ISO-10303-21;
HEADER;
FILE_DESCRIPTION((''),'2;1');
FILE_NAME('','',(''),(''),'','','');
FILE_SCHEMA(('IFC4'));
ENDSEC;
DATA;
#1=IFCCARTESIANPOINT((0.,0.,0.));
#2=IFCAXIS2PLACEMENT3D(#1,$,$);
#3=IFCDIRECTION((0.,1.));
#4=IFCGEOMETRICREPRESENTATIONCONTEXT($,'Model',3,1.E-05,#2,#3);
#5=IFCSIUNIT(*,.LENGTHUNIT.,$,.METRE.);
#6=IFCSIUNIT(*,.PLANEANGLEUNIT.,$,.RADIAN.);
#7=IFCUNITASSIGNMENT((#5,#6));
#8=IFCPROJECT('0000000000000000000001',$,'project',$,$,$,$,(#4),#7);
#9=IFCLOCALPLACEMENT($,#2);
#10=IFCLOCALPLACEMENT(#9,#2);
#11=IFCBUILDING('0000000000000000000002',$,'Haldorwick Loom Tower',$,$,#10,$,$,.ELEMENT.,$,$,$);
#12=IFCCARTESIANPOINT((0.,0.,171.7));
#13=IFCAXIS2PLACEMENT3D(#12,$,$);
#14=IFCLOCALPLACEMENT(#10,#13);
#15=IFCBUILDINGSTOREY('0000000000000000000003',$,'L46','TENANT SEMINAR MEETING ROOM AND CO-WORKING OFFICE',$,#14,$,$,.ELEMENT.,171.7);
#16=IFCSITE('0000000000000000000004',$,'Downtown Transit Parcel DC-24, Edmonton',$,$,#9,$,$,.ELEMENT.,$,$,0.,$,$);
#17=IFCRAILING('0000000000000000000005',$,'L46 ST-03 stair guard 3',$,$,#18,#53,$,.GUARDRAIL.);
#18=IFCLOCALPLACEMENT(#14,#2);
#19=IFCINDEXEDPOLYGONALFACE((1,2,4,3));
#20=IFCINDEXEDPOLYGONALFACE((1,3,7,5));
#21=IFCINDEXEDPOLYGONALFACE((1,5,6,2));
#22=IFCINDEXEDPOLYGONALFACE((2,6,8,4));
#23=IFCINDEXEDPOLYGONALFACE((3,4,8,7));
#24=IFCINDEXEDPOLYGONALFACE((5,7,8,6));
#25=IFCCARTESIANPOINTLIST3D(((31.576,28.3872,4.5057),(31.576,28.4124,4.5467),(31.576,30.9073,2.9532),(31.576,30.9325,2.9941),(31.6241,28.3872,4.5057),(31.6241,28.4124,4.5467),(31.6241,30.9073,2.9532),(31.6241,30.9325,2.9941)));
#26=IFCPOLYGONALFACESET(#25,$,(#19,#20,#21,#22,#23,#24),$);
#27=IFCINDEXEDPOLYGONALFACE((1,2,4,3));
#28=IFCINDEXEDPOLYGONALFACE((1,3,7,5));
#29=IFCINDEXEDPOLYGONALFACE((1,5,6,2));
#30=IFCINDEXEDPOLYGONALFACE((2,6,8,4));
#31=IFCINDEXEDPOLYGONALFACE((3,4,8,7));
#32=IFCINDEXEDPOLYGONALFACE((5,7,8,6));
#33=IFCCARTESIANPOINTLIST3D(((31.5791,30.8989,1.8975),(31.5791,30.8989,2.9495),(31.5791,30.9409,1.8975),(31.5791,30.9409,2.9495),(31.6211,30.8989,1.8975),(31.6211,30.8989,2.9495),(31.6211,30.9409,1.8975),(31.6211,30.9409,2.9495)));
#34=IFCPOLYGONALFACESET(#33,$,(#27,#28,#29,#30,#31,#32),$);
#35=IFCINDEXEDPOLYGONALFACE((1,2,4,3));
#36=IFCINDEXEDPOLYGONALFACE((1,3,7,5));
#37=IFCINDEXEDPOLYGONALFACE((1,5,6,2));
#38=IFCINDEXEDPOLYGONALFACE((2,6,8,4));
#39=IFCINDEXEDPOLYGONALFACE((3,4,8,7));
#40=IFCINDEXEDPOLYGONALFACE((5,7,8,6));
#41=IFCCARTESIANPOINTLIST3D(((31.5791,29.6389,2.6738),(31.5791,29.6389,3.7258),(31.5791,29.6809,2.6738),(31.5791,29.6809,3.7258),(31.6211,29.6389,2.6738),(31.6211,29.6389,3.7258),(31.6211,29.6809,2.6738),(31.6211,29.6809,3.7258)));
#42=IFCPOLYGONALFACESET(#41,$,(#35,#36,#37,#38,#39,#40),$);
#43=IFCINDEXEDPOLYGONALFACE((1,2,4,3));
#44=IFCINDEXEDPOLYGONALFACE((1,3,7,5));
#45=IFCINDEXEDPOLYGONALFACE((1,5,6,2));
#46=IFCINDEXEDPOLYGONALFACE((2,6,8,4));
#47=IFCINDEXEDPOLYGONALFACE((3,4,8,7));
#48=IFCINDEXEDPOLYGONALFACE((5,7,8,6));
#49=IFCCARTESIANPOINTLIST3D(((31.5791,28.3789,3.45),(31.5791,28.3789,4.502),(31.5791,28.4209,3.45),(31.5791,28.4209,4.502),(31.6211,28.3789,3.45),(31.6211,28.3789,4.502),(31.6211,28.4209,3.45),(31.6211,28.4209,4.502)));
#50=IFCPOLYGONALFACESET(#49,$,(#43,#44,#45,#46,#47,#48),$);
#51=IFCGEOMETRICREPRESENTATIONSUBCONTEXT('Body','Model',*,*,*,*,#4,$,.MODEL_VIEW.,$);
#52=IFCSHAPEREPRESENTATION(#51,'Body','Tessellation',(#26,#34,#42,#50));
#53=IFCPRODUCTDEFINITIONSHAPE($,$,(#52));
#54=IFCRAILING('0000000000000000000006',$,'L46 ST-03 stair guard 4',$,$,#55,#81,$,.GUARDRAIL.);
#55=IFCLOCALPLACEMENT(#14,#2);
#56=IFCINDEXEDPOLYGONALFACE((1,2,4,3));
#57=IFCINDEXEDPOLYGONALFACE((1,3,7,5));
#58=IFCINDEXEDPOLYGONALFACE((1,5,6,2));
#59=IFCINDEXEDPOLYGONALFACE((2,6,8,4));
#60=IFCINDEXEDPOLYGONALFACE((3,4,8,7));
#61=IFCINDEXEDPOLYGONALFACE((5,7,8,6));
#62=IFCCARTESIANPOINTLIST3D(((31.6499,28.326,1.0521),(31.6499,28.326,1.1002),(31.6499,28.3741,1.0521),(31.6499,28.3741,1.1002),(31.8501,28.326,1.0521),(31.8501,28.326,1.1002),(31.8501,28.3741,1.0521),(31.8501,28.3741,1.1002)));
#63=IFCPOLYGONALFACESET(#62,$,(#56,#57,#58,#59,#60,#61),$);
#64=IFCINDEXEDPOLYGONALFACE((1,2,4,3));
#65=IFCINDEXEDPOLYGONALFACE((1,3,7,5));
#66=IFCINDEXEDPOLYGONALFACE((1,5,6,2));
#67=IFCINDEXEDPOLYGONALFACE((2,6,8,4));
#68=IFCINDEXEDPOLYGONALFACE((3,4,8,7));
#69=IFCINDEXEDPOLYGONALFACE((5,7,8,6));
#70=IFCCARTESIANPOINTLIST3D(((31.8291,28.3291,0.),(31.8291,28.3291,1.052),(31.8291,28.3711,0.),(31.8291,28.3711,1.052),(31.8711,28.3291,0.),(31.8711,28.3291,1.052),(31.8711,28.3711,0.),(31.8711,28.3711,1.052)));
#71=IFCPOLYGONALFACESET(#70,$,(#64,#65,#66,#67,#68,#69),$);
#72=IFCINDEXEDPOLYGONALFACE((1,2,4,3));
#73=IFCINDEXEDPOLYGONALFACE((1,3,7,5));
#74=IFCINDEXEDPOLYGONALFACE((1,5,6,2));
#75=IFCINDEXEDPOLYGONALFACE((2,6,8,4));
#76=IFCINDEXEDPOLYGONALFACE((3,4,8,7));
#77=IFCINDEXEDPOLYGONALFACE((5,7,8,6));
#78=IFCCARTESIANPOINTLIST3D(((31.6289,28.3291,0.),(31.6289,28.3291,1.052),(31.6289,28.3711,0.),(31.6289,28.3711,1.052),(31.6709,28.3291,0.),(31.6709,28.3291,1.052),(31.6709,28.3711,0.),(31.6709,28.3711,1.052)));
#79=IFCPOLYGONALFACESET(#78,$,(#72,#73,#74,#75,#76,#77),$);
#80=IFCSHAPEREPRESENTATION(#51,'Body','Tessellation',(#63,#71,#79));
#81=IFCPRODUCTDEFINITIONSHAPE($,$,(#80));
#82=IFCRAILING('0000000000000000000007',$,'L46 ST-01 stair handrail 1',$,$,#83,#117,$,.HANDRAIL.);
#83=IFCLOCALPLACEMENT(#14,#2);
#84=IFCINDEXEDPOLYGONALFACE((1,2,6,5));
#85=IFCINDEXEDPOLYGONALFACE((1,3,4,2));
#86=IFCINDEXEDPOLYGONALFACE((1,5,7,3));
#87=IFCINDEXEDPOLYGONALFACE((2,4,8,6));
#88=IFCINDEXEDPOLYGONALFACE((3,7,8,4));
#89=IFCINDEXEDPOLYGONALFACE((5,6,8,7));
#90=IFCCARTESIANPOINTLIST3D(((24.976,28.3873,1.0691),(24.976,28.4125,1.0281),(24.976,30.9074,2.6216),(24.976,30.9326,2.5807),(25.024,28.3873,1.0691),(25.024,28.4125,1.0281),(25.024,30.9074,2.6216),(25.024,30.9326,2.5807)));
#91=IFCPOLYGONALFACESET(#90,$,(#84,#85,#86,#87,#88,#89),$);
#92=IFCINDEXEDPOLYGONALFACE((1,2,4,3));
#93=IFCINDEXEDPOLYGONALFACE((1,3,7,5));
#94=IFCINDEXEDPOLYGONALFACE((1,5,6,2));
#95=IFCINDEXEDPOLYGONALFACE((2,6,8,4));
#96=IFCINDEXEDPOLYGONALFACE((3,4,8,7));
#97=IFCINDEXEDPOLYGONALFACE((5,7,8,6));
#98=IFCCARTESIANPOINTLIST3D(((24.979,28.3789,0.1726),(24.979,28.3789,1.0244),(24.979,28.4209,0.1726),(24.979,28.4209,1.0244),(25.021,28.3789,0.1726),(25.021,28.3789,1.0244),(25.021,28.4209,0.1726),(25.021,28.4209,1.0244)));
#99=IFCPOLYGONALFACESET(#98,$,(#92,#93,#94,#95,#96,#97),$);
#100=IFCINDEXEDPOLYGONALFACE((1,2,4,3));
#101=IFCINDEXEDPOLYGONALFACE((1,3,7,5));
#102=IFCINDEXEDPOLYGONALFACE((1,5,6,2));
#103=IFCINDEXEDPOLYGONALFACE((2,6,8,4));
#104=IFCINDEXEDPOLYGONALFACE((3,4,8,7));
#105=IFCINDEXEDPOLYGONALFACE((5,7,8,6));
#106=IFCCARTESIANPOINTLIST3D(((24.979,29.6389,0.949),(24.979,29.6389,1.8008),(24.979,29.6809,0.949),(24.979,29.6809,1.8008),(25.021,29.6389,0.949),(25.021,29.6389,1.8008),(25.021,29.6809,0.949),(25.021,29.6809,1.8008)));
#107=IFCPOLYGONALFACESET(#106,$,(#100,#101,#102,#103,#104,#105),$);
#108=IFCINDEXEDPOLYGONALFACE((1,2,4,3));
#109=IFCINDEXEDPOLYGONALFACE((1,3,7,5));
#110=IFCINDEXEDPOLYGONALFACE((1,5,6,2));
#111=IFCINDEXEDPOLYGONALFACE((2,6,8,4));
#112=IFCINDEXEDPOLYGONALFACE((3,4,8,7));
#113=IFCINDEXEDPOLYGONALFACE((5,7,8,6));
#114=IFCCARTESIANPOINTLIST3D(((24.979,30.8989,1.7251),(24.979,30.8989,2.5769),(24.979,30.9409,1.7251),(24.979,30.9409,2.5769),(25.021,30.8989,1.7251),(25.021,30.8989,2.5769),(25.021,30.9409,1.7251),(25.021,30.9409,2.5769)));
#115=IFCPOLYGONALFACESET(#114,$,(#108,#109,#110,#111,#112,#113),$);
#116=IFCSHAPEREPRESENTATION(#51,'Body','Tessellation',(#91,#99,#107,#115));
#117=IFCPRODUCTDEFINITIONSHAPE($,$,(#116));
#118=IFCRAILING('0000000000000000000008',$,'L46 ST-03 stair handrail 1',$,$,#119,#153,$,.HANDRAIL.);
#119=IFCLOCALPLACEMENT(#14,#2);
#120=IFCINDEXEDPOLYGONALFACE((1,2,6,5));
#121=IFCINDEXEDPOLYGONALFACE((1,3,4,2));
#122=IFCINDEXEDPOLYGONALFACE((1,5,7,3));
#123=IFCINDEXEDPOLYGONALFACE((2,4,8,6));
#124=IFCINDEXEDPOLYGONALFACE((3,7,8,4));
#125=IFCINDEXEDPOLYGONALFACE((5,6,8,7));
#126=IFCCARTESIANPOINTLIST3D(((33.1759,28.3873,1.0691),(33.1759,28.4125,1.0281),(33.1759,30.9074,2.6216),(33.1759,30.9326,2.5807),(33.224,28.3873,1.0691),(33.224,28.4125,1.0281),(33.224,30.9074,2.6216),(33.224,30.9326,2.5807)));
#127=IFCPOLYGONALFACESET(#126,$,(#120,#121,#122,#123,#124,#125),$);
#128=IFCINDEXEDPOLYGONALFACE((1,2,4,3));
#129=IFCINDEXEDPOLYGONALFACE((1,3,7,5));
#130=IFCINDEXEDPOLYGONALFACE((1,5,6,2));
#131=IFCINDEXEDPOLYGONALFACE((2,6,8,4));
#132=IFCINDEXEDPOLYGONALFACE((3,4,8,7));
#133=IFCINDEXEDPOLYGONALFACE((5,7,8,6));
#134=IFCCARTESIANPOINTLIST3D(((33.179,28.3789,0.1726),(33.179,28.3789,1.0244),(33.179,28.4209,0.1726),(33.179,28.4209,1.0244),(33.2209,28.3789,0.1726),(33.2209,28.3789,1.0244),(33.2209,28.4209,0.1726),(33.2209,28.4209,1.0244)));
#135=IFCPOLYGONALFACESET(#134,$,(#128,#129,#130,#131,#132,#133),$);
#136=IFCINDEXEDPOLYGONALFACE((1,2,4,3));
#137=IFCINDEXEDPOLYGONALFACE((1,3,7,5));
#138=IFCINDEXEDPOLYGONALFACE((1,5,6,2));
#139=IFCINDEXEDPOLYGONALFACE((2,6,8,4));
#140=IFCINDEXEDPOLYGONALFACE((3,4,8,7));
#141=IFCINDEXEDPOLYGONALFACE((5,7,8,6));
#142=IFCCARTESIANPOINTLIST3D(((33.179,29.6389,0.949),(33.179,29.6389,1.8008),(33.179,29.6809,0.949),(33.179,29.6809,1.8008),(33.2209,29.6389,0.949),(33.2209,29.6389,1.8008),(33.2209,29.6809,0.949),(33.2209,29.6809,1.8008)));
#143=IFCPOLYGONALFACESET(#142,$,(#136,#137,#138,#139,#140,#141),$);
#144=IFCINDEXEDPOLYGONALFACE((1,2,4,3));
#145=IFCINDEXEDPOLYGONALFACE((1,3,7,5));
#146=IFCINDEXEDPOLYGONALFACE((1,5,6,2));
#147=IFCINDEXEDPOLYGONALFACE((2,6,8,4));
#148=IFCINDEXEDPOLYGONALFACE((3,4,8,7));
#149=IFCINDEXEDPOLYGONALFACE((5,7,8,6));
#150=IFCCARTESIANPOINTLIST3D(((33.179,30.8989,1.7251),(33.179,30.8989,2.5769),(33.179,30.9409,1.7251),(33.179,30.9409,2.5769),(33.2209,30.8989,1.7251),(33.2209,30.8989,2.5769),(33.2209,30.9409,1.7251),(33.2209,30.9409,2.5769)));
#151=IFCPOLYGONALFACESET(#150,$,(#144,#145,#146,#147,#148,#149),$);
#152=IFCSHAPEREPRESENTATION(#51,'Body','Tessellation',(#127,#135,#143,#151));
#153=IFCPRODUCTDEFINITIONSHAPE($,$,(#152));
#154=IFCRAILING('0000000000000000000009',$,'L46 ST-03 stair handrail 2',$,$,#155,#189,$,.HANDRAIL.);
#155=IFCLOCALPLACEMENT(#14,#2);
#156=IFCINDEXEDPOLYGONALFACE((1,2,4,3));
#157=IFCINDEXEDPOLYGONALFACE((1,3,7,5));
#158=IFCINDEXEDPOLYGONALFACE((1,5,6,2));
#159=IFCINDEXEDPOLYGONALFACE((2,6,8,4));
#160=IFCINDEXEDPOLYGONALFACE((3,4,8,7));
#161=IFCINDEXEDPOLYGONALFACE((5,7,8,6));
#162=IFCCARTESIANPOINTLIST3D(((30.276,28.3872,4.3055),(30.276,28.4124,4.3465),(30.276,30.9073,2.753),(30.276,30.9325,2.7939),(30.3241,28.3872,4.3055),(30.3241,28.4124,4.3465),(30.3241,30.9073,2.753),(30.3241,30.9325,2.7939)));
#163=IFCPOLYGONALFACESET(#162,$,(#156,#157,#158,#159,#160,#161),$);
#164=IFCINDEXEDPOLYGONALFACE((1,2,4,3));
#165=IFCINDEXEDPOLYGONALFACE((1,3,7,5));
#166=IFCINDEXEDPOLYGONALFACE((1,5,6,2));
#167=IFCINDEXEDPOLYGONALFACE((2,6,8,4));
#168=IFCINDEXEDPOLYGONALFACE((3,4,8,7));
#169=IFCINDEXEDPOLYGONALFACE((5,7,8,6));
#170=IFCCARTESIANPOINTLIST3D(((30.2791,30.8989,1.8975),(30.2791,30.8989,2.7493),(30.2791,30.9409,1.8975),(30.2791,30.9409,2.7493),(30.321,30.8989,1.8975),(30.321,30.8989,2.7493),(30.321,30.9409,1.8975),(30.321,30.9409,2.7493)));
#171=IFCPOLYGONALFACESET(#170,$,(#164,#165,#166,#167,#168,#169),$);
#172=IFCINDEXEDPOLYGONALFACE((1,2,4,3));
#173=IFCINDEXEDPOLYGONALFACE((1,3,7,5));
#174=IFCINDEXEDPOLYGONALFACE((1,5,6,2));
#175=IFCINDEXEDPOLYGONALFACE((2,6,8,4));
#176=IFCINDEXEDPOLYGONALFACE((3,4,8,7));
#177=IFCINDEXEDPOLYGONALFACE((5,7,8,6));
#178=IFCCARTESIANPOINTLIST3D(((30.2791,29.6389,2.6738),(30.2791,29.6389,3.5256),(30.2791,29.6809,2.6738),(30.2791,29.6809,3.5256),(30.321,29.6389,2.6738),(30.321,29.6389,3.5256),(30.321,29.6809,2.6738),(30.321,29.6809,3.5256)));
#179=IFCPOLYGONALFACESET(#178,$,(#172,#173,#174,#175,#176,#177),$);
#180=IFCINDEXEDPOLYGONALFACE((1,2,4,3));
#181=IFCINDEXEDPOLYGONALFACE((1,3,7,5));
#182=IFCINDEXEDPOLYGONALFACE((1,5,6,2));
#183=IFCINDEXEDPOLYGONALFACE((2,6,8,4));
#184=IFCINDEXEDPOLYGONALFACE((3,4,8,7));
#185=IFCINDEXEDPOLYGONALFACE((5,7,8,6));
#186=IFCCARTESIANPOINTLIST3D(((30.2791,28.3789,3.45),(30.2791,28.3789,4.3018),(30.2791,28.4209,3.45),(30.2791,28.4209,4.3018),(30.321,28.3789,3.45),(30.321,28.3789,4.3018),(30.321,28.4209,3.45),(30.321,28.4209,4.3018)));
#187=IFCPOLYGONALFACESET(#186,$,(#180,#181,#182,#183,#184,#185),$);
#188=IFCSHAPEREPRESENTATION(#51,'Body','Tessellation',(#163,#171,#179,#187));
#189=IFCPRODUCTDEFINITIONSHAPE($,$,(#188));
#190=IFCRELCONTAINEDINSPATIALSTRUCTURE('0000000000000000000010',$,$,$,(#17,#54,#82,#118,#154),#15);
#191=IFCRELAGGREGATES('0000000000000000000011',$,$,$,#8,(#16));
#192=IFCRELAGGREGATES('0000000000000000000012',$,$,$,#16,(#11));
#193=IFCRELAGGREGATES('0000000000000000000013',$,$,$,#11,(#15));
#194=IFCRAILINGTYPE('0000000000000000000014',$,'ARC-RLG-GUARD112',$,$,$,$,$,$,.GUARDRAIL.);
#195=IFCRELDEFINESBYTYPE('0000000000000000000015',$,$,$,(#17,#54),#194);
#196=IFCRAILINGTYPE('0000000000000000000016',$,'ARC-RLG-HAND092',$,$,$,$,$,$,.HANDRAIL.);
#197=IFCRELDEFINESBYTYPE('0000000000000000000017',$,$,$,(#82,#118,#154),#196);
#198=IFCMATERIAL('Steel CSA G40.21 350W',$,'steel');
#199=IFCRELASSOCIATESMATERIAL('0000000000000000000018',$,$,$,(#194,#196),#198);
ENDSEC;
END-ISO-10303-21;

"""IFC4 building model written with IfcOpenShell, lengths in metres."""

from ifc_helpers import new_model, si_unit, direction, frame, origin, origin_2d, place, context, subcontext, project, spatial, rectangle, extrude, material, type_object, element, save


model = new_model("IFC4")

# Units and contexts
model_context = context("Model", 3, precision=1e-05, world=origin(), true_north=direction((0.0, 1.0)))
body_context = subcontext(model_context, "Body", "Model", "MODEL_VIEW")
ifc_project = project(units=[si_unit("LENGTHUNIT", "METRE"), si_unit("PLANEANGLEUNIT", "RADIAN")], contexts=[model_context])

# Site, building, storey
site_placement = place(None, origin())
site = spatial("IfcSite", under=ifc_project, at=site_placement, Name="Downtown Transit Parcel DC-24, Edmonton", CompositionType="ELEMENT", RefElevation=0.0)
building_placement = place(site_placement, origin())
building = spatial("IfcBuilding", under=site, at=building_placement, Name="Haldorwick Loom Tower", CompositionType="ELEMENT")
storey_placement = place(building_placement, frame((0.0, 0.0, 171.7)))
storey = spatial("IfcBuildingStorey", under=building, at=storey_placement, Name="L46", Description="TENANT SEMINAR MEETING ROOM AND CO-WORKING OFFICE", CompositionType="ELEMENT", Elevation=171.7)

# Shared definitions
ifc_material_1 = material(Name="Steel CSA G40.21 350W", Category="steel")

# Railings
railing_type_1 = type_object("IfcRailingType", Name="ARC-RLG-GUARD112", PredefinedType="GUARDRAIL", material=ifc_material_1)
railing_1_placement = place(storey_placement, frame((31.6001, 30.9199, 1.8975)))
element("IfcRailing", 1, at=railing_1_placement, inside=storey, type_object=railing_type_1, Name="L46 ST-03 stair guard 3", PredefinedType="GUARDRAIL", context=body_context, shape_type="SweptSolid", body=[
    extrude(rectangle(XDim=0.0481, YDim=0.0481, at=origin_2d()), frame((0.0, 0.0, 1.0762), z_axis=(0.0, -0.8514, 0.524516), x_axis=(1.0, 0.0, 0.0)), (0.0, 0.0, 1.0), 2.96),
    extrude(rectangle(XDim=0.042, YDim=0.042, at=origin_2d()), origin(), (0.0, 0.0, 1.0), 1.052),
    extrude(rectangle(XDim=0.042, YDim=0.042, at=origin_2d()), frame((0.0, -1.26, 0.7764)), (0.0, 0.0, 1.0), 1.052),
    extrude(rectangle(XDim=0.042, YDim=0.042, at=origin_2d()), frame((0.0, -2.52, 1.5525)), (0.0, 0.0, 1.0), 1.052),
])
railing_2_placement = place(storey_placement, frame((31.8501, 28.3501, 0.0)))
element("IfcRailing", 2, at=railing_2_placement, inside=storey, type_object=railing_type_1, Name="L46 ST-03 stair guard 4", PredefinedType="GUARDRAIL", context=body_context, shape_type="SweptSolid", body=[
    extrude(rectangle(XDim=0.0481, YDim=0.0481, at=origin_2d()), frame((0.0, 0.0, 1.0762), z_axis=(-1.0, 0.0, 0.0), x_axis=(0.0, -1.0, 0.0)), (0.0, 0.0, 1.0), 0.2002),
    extrude(rectangle(XDim=0.042, YDim=0.042, at=origin_2d()), origin(), (0.0, 0.0, 1.0), 1.052),
    extrude(rectangle(XDim=0.042, YDim=0.042, at=origin_2d()), frame((-0.2002, 0.0, 0.0)), (0.0, 0.0, 1.0), 1.052),
])
railing_type_2 = type_object("IfcRailingType", Name="ARC-RLG-HAND092", PredefinedType="HANDRAIL", material=ifc_material_1)
for number, where, name in (
    (3, (25.0, 28.3999, 0.1726), "L46 ST-01 stair handrail 1"),
    (4, (33.2, 28.3999, 0.1726), "L46 ST-03 stair handrail 1"),
):
    element("IfcRailing", number, at=place(storey_placement, frame(where)), inside=storey, type_object=railing_type_2, Name=name, PredefinedType="HANDRAIL", context=body_context, shape_type="SweptSolid", body=[
        extrude(rectangle(XDim=0.0481, YDim=0.0481, at=origin_2d()), frame((0.0, 0.0, 0.876), z_axis=(0.0, 0.8514, 0.524516), x_axis=(-1.0, 0.0, 0.0)), (0.0, 0.0, 1.0), 2.96),
        extrude(rectangle(XDim=0.042, YDim=0.042, at=origin_2d()), origin(), (0.0, 0.0, 1.0), 0.8518),
        extrude(rectangle(XDim=0.042, YDim=0.042, at=origin_2d()), frame((0.0, 1.26, 0.7764)), (0.0, 0.0, 1.0), 0.8518),
        extrude(rectangle(XDim=0.042, YDim=0.042, at=origin_2d()), frame((0.0, 2.52, 1.5525)), (0.0, 0.0, 1.0), 0.8518),
    ])
railing_3_placement = place(storey_placement, frame((30.3, 30.9199, 1.8975)))
element("IfcRailing", 5, at=railing_3_placement, inside=storey, type_object=railing_type_2, Name="L46 ST-03 stair handrail 2", PredefinedType="HANDRAIL", context=body_context, shape_type="SweptSolid", body=[
    extrude(rectangle(XDim=0.0481, YDim=0.0481, at=origin_2d()), frame((0.0, 0.0, 0.876), z_axis=(0.0, -0.8514, 0.524516), x_axis=(1.0, 0.0, 0.0)), (0.0, 0.0, 1.0), 2.96),
    extrude(rectangle(XDim=0.042, YDim=0.042, at=origin_2d()), origin(), (0.0, 0.0, 1.0), 0.8518),
    extrude(rectangle(XDim=0.042, YDim=0.042, at=origin_2d()), frame((0.0, -1.26, 0.7764)), (0.0, 0.0, 1.0), 0.8518),
    extrude(rectangle(XDim=0.042, YDim=0.042, at=origin_2d()), frame((0.0, -2.52, 1.5525)), (0.0, 0.0, 1.0), 0.8518),
])

save(model, "model.ifc")
